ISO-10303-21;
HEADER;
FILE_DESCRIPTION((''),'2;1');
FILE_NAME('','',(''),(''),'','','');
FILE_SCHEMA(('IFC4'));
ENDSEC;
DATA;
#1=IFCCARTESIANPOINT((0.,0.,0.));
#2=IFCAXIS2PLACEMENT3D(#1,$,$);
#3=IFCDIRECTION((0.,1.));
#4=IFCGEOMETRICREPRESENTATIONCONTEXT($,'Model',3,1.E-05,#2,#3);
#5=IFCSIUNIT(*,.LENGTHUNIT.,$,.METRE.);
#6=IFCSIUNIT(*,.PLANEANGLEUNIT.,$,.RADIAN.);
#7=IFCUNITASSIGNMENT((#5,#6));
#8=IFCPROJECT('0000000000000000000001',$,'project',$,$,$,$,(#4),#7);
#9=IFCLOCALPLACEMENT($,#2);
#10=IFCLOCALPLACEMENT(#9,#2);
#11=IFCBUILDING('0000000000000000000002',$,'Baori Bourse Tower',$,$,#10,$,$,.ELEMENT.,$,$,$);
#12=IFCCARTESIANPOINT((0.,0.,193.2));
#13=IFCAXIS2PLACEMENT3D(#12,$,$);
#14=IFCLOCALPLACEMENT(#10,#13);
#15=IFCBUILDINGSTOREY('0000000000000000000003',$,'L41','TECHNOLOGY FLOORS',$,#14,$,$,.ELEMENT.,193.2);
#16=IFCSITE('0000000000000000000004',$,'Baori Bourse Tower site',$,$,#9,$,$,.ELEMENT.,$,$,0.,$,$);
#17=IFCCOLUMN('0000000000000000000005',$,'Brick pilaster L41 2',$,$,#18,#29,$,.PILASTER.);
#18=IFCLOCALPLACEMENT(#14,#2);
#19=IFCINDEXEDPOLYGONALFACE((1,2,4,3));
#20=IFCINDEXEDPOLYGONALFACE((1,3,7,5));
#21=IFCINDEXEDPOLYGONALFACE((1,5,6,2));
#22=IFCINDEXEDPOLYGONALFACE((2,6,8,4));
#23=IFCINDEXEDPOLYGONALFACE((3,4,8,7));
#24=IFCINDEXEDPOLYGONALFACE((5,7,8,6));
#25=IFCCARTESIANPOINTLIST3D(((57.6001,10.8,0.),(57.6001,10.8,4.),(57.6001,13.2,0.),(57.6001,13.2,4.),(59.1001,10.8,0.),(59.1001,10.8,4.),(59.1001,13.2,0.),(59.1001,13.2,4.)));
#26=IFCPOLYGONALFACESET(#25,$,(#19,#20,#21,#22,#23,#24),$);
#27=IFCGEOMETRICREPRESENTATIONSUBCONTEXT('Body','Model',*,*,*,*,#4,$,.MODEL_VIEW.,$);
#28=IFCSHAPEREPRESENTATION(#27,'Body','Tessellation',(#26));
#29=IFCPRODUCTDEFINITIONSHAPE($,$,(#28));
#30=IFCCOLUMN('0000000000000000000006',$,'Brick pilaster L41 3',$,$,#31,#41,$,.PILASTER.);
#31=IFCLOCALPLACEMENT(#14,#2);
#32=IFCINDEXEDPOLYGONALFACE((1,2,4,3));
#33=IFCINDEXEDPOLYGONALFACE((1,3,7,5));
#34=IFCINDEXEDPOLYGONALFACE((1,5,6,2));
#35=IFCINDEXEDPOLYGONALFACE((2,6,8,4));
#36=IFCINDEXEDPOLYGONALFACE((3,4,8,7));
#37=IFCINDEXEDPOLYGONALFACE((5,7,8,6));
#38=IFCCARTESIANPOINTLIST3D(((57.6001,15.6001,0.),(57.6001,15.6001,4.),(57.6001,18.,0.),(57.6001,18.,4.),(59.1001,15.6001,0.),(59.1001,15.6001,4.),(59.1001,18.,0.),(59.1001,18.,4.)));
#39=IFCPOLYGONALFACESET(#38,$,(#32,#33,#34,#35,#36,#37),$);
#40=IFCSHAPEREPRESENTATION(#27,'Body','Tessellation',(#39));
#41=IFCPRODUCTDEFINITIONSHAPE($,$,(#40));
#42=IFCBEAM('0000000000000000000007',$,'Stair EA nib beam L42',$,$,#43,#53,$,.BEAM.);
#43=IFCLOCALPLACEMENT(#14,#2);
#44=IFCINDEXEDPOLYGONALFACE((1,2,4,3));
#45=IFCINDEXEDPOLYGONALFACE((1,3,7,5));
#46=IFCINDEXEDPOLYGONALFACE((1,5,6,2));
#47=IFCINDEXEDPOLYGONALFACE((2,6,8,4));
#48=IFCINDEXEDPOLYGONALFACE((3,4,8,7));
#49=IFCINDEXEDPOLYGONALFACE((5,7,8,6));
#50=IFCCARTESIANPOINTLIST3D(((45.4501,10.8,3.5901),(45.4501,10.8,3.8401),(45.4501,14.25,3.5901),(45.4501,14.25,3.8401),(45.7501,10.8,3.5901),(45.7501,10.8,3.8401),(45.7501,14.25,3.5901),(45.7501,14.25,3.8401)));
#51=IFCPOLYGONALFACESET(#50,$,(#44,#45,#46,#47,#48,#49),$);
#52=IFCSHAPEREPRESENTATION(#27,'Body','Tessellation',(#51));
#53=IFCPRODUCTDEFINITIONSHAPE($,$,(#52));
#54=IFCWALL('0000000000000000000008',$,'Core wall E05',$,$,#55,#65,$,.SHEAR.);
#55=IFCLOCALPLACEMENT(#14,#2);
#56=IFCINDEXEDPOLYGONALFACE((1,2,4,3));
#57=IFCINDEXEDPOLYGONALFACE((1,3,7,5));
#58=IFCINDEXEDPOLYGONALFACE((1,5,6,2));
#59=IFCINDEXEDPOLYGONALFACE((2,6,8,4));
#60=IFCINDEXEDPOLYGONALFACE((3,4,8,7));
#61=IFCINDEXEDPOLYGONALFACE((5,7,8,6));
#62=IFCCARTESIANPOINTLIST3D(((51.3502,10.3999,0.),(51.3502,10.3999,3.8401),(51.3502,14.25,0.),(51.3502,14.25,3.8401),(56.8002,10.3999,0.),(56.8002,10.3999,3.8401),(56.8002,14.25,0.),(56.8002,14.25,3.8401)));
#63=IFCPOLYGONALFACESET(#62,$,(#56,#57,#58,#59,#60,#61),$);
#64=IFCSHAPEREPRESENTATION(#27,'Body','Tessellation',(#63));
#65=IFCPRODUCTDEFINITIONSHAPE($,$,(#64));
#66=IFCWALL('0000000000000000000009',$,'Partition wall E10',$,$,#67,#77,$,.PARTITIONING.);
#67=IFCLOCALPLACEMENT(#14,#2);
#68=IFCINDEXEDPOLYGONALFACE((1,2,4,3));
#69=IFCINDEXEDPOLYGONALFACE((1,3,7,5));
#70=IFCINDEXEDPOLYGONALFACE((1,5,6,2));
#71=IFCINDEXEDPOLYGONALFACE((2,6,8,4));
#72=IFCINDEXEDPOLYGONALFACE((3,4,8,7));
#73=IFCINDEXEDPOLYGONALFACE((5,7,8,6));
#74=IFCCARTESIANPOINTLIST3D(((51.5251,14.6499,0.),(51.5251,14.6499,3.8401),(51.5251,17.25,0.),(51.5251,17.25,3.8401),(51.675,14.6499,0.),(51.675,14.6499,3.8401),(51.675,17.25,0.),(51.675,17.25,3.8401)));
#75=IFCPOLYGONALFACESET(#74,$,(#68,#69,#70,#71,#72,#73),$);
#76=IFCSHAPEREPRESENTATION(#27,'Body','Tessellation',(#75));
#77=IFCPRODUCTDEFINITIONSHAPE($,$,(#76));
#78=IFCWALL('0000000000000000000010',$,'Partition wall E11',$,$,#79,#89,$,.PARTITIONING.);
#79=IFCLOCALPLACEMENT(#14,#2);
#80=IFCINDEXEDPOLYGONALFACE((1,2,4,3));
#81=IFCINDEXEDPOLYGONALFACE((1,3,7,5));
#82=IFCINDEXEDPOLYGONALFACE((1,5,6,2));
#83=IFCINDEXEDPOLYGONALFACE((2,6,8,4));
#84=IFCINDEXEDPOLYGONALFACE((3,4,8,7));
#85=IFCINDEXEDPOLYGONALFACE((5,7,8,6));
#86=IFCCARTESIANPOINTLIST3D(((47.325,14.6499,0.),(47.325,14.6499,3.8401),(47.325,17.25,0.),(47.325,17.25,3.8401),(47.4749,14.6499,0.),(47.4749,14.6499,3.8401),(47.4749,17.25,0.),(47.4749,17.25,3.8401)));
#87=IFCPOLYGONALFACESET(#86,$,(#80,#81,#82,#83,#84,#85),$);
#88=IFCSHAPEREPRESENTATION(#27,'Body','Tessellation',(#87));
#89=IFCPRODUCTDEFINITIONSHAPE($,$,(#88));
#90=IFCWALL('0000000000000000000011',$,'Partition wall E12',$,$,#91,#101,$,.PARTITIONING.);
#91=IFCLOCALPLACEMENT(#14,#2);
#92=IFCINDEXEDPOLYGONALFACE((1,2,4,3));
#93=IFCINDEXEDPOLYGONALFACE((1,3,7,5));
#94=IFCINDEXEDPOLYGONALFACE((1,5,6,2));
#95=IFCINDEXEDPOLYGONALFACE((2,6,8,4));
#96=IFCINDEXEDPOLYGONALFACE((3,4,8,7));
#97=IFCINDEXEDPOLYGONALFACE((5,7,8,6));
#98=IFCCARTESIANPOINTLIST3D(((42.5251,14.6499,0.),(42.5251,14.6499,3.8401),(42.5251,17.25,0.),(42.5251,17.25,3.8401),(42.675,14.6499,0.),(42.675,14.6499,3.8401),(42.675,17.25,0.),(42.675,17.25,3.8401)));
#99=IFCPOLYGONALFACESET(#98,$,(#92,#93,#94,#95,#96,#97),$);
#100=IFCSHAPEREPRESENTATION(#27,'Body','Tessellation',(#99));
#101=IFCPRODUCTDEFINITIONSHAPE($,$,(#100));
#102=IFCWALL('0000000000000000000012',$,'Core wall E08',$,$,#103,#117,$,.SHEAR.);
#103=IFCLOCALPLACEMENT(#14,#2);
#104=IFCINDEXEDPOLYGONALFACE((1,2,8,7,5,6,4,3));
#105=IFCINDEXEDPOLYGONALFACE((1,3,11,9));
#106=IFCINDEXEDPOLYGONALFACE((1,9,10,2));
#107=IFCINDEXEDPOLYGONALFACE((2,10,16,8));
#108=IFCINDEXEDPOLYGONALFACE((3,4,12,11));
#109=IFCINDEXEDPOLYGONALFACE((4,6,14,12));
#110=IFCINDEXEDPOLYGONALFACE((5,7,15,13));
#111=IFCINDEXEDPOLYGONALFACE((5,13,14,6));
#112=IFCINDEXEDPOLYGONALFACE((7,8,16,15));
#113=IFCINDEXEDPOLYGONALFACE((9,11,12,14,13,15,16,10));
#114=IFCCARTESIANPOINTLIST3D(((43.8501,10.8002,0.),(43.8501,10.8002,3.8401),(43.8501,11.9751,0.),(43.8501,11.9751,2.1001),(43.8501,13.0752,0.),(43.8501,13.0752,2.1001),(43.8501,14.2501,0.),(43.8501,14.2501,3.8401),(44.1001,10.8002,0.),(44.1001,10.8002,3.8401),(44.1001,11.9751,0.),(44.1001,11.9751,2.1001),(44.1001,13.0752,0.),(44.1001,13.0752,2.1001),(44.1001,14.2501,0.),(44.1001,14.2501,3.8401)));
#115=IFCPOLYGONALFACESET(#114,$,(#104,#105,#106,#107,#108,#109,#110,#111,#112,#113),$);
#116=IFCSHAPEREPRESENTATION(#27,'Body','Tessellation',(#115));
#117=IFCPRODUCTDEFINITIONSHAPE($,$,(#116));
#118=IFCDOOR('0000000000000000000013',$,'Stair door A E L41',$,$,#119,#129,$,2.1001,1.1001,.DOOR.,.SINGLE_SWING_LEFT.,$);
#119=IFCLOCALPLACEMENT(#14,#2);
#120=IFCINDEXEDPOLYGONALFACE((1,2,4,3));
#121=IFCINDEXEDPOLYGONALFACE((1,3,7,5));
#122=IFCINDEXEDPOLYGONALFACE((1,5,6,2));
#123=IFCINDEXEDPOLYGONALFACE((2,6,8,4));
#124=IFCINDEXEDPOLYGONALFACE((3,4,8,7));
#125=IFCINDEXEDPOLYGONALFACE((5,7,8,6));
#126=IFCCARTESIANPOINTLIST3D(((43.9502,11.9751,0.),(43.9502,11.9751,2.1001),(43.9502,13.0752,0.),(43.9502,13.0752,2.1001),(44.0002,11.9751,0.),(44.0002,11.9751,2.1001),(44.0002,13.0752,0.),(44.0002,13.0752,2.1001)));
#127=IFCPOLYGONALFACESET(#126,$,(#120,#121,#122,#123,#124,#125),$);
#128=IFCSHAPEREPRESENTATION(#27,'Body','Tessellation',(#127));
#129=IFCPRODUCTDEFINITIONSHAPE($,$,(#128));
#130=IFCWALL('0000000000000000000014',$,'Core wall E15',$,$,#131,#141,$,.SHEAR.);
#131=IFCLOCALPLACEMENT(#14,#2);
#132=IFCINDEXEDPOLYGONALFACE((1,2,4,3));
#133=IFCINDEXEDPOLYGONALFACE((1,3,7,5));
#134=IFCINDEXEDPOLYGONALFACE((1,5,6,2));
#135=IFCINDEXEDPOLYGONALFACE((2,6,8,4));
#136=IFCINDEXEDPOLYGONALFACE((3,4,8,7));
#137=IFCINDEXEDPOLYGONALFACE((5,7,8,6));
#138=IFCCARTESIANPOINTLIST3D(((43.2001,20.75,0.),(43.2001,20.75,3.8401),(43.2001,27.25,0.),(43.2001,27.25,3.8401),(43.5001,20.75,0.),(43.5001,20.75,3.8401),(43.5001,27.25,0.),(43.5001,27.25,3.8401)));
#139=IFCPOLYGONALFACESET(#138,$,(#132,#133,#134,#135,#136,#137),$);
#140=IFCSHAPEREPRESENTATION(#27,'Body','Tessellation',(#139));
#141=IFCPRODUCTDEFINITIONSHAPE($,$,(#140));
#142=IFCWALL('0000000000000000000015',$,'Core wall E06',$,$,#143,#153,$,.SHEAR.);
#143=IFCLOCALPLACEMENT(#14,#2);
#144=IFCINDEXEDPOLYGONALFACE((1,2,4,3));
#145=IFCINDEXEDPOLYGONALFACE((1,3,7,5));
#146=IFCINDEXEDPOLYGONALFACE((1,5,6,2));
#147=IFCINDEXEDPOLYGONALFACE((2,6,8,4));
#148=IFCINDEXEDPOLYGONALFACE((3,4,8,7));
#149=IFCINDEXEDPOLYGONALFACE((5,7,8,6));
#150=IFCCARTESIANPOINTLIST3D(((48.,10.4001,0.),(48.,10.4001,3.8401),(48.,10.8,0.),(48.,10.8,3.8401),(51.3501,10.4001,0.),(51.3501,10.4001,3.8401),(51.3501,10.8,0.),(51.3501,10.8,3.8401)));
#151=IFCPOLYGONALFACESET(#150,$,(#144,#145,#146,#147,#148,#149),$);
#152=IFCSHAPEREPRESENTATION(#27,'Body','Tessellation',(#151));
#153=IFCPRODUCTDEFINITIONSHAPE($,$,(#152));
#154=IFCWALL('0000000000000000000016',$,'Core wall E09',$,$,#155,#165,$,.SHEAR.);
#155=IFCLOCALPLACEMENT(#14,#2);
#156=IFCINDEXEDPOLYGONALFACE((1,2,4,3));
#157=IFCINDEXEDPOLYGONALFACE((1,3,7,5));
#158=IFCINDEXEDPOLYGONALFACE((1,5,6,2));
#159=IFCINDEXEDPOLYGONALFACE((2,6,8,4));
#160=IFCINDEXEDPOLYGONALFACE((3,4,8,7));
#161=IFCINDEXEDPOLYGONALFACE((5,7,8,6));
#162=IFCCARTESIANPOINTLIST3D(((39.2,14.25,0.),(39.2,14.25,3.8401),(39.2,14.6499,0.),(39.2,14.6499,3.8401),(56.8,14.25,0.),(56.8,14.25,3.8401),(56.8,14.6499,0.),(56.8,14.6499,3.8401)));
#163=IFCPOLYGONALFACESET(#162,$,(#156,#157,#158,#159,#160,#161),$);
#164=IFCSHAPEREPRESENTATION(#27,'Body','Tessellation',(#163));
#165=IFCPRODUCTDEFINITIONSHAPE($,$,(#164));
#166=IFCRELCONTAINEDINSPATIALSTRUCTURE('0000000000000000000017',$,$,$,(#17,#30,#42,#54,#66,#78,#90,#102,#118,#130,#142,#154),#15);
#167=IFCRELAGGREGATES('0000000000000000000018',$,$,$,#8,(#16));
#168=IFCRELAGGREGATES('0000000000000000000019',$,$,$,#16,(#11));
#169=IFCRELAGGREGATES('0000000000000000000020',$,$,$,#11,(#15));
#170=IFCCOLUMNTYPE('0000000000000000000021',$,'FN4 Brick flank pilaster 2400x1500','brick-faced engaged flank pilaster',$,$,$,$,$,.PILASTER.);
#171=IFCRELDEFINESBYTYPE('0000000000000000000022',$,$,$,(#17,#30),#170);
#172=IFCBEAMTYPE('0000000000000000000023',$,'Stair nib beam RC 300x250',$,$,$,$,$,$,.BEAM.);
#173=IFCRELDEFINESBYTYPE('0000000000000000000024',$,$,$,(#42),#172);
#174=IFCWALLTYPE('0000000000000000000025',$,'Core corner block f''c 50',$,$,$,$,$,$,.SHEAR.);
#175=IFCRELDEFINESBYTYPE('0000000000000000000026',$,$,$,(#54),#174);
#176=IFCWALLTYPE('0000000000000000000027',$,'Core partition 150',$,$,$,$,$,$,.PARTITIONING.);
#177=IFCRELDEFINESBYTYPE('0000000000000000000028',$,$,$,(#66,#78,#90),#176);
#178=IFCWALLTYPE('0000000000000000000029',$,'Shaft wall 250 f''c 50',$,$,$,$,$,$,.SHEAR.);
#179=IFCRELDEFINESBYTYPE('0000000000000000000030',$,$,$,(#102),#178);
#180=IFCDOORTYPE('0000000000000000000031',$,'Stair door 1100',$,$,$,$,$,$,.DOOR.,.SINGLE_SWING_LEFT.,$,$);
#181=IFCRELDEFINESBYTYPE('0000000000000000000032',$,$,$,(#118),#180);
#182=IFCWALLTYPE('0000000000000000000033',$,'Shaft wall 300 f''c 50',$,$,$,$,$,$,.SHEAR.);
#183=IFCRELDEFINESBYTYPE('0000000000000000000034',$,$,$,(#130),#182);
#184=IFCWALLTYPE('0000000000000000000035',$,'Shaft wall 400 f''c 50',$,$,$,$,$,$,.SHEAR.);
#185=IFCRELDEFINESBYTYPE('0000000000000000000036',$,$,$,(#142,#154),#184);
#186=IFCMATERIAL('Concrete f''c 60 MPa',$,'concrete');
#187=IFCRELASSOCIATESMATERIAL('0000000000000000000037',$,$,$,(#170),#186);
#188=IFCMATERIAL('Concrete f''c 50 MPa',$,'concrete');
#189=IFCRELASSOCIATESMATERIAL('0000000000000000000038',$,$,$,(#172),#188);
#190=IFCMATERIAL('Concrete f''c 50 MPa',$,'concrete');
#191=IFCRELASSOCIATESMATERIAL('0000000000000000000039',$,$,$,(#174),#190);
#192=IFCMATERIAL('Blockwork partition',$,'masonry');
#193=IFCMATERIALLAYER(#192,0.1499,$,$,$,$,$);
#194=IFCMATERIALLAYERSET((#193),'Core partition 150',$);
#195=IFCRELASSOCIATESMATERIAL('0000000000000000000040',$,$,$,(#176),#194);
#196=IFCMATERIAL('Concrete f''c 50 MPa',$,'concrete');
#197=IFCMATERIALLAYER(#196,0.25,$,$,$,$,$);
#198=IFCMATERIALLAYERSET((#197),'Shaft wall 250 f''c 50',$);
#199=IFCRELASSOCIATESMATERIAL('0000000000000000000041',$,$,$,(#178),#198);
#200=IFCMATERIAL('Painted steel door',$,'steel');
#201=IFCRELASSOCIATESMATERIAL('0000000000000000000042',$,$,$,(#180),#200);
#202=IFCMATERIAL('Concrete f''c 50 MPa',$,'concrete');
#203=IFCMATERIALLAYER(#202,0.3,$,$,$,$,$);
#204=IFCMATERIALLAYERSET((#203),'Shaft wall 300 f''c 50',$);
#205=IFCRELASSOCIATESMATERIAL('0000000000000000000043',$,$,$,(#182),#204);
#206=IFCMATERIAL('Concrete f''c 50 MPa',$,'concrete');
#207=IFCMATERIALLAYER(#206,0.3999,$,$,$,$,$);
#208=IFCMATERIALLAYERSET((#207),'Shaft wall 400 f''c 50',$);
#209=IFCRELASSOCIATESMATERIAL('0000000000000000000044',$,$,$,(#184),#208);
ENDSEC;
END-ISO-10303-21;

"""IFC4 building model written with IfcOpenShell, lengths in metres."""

from ifc_helpers import new_model, si_unit, direction, frame, frame_2d, origin, origin_2d, place, context, subcontext, project, spatial, rectangle, extrude, material, layer, layer_set, material_profile, profile_set, type_object, element, fill, save


model = new_model("IFC4")

# Units and contexts
model_context = context("Model", 3, precision=1e-05, world=origin(), true_north=direction((0.0, 1.0)))
body_context = subcontext(model_context, "Body", "Model", "MODEL_VIEW")
ifc_project = project(units=[si_unit("LENGTHUNIT", "METRE"), si_unit("PLANEANGLEUNIT", "RADIAN")], contexts=[model_context])

# Site, building, storey
site_placement = place(None, origin())
site = spatial("IfcSite", under=ifc_project, at=site_placement, Name="Baori Bourse Tower site", CompositionType="ELEMENT", RefElevation=0.0)
building_placement = place(site_placement, origin())
building = spatial("IfcBuilding", under=site, at=building_placement, Name="Baori Bourse Tower", CompositionType="ELEMENT")
storey_placement = place(building_placement, frame((0.0, 0.0, 193.2)))
storey = spatial("IfcBuildingStorey", under=building, at=storey_placement, Name="L41", Description="TECHNOLOGY FLOORS", CompositionType="ELEMENT", Elevation=193.2)

# Columns
ifc_material_1 = material(Name="Concrete f'c 60 MPa", Category="concrete")
ifc_material_profile_1 = material_profile(ifc_material_1, rectangle(XDim=2.3999, YDim=1.5, at=origin_2d()), Name="RC 2400x1500")
ifc_profile_set_1 = profile_set([ifc_material_profile_1], Name="Concrete f'c 60 MPa")
column_type = type_object("IfcColumnType", Name="FN4 Brick flank pilaster 2400x1500", Description="brick-faced engaged flank pilaster", PredefinedType="PILASTER", material=ifc_profile_set_1)
for number, where, z_axis, x_axis, name in (
    (1, (58.3501, 12.0, 0.0), (0.0, 0.0, 1.0), (0.0, 1.0, 0.0), "Brick pilaster L41 2"),
    (2, (58.3501, 16.8, 0.0), (0.0, 0.0, 1.0), (0.0, 1.0, 0.0), "Brick pilaster L41 3"),
):
    element("IfcColumn", number, at=place(storey_placement, frame(where, z_axis=z_axis, x_axis=x_axis)), inside=storey, type_object=column_type, Name=name, PredefinedType="PILASTER", context=body_context, shape_type="SweptSolid", body=[
        extrude(rectangle(XDim=2.3999, YDim=1.5, at=origin_2d()), origin(), (0.0, 0.0, 1.0), 4.0),
    ])

# Beam
ifc_material_2 = material(Name="Concrete f'c 50 MPa", Category="concrete")
ifc_material_profile_2 = material_profile(ifc_material_2, rectangle(XDim=0.3, YDim=0.25, at=origin_2d()), Name="RC 300x250")
ifc_profile_set_2 = profile_set([ifc_material_profile_2], Name="Concrete f'c 50 MPa")
beam_type = type_object("IfcBeamType", Name="Stair nib beam RC 300x250", PredefinedType="BEAM", material=ifc_profile_set_2)
beam_placement = place(storey_placement, frame((45.6001, 10.8, 3.7151), z_axis=(0.0, 1.0, 0.0), x_axis=(-1.0, 0.0, 0.0)))
element("IfcBeam", 3, at=beam_placement, inside=storey, type_object=beam_type, Name="Stair EA nib beam L42", PredefinedType="BEAM", context=body_context, shape_type="SweptSolid", body=[
    extrude(rectangle(XDim=0.3, YDim=0.25, at=origin_2d()), origin(), (0.0, 0.0, 1.0), 3.45),
])

# Walls
ifc_material_3 = material(Name="Concrete f'c 50 MPa", Category="concrete")
wall_type_1 = type_object("IfcWallType", Name="Core corner block f'c 50", PredefinedType="SHEAR", material=ifc_material_3)
wall_1_placement = place(storey_placement, frame((51.3501, 12.325, 0.0), z_axis=(0.0, 0.0, 1.0), x_axis=(1.0, 0.0, 0.0)))
element("IfcWall", 4, at=wall_1_placement, inside=storey, type_object=wall_type_1, Name="Core wall E05", PredefinedType="SHEAR", context=body_context, shape_type="SweptSolid", body=[
    extrude(rectangle(XDim=5.45, YDim=3.8501, at=frame_2d((2.7251, 0.0))), origin(), (0.0, 0.0, 1.0), 3.8401),
])
ifc_material_4 = material(Name="Blockwork partition", Category="masonry")
ifc_layer_1 = layer(ifc_material_4, 0.1499)
ifc_layer_set_1 = layer_set([ifc_layer_1], Name="Core partition 150")
wall_type_2 = type_object("IfcWallType", Name="Core partition 150", PredefinedType="PARTITIONING", material=ifc_layer_set_1)
for number, where, z_axis, x_axis, name in (
    (5, (51.6001, 14.6499, 0.0), (0.0, 0.0, 1.0), (0.0, 1.0, 0.0), "Partition wall E10"),
    (6, (47.3999, 14.6499, 0.0), (0.0, 0.0, 1.0), (0.0, 1.0, 0.0), "Partition wall E11"),
    (7, (42.6001, 14.6499, 0.0), (0.0, 0.0, 1.0), (0.0, 1.0, 0.0), "Partition wall E12"),
):
    element("IfcWall", number, at=place(storey_placement, frame(where, z_axis=z_axis, x_axis=x_axis)), inside=storey, type_object=wall_type_2, Name=name, PredefinedType="PARTITIONING", context=body_context, shape_type="SweptSolid", body=[
        extrude(rectangle(XDim=2.6001, YDim=0.1499, at=frame_2d((1.3, 0.0))), origin(), (0.0, 0.0, 1.0), 3.8401),
    ])

# Wall, opening, door
ifc_material_5 = material(Name="Concrete f'c 50 MPa", Category="concrete")
ifc_layer_2 = layer(ifc_material_5, 0.25)
ifc_layer_set_2 = layer_set([ifc_layer_2], Name="Shaft wall 250 f'c 50")
wall_type_3 = type_object("IfcWallType", Name="Shaft wall 250 f'c 50", PredefinedType="SHEAR", material=ifc_layer_set_2)
wall_2_placement = place(storey_placement, frame((43.9751, 10.8, 0.0), z_axis=(0.0, 0.0, 1.0), x_axis=(0.0, 1.0, 0.0)))
wall_2 = element("IfcWall", 8, at=wall_2_placement, inside=storey, type_object=wall_type_3, Name="Core wall E08", PredefinedType="SHEAR", context=body_context, shape_type="SweptSolid", body=[
    extrude(rectangle(XDim=3.45, YDim=0.25, at=frame_2d((1.7251, 0.0))), origin(), (0.0, 0.0, 1.0), 3.8401),
])
opening_1_placement = place(wall_2_placement, frame((1.175, 0.0, 0.0)))
opening_1 = element("IfcOpeningElement", 9, at=opening_1_placement, cuts=wall_2, PredefinedType="OPENING", context=body_context, shape_type="SweptSolid", body=[
    extrude(rectangle(XDim=1.1001, YDim=2.1001, at=frame_2d((0.55, 1.05))), frame((0.0, 0.135, 0.0), z_axis=(0.0, -1.0, 0.0), x_axis=(1.0, 0.0, 0.0)), (0.0, 0.0, 1.0), 0.27),
])
ifc_material_6 = material(Name="Painted steel door", Category="steel")
door_type_1 = type_object("IfcDoorType", Name="Stair door 1100", OperationType="SINGLE_SWING_LEFT", PredefinedType="DOOR", material=ifc_material_6)
door_1_placement = place(opening_1_placement, origin())
door_1 = element("IfcDoor", 10, at=door_1_placement, inside=storey, type_object=door_type_1, Name="Stair door A E L41", OperationType="SINGLE_SWING_LEFT", OverallHeight=2.1001, OverallWidth=1.1001, PredefinedType="DOOR", context=body_context, shape_type="SweptSolid", body=[
    extrude(rectangle(XDim=1.1001, YDim=2.1001, at=frame_2d((0.55, 1.05))), frame((0.0, 0.0249, 0.0), z_axis=(0.0, -1.0, 0.0), x_axis=(1.0, 0.0, 0.0)), (0.0, 0.0, 1.0), 0.05),
])
fill(opening_1, door_1)

# Walls
ifc_material_7 = material(Name="Concrete f'c 50 MPa", Category="concrete")
ifc_layer_3 = layer(ifc_material_7, 0.3)
ifc_layer_set_3 = layer_set([ifc_layer_3], Name="Shaft wall 300 f'c 50")
wall_type_4 = type_object("IfcWallType", Name="Shaft wall 300 f'c 50", PredefinedType="SHEAR", material=ifc_layer_set_3)
wall_3_placement = place(storey_placement, frame((43.3501, 20.75, 0.0), z_axis=(0.0, 0.0, 1.0), x_axis=(0.0, 1.0, 0.0)))
element("IfcWall", 11, at=wall_3_placement, inside=storey, type_object=wall_type_4, Name="Core wall E15", PredefinedType="SHEAR", context=body_context, shape_type="SweptSolid", body=[
    extrude(rectangle(XDim=6.5, YDim=0.3, at=frame_2d((3.25, 0.0))), origin(), (0.0, 0.0, 1.0), 3.8401),
])
ifc_material_8 = material(Name="Concrete f'c 50 MPa", Category="concrete")
ifc_layer_4 = layer(ifc_material_8, 0.3999)
ifc_layer_set_4 = layer_set([ifc_layer_4], Name="Shaft wall 400 f'c 50")
wall_type_5 = type_object("IfcWallType", Name="Shaft wall 400 f'c 50", PredefinedType="SHEAR", material=ifc_layer_set_4)
wall_4_placement = place(storey_placement, frame((48.0, 10.6001, 0.0), z_axis=(0.0, 0.0, 1.0), x_axis=(1.0, 0.0, 0.0)))
element("IfcWall", 12, at=wall_4_placement, inside=storey, type_object=wall_type_5, Name="Core wall E06", PredefinedType="SHEAR", context=body_context, shape_type="SweptSolid", body=[
    extrude(rectangle(XDim=3.3501, YDim=0.3999, at=frame_2d((1.675, 0.0))), origin(), (0.0, 0.0, 1.0), 3.8401),
])
wall_5_placement = place(storey_placement, frame((39.2, 14.45, 0.0), z_axis=(0.0, 0.0, 1.0), x_axis=(1.0, 0.0, 0.0)))
element("IfcWall", 13, at=wall_5_placement, inside=storey, type_object=wall_type_5, Name="Core wall E09", PredefinedType="SHEAR", context=body_context, shape_type="SweptSolid", body=[
    extrude(rectangle(XDim=17.6001, YDim=0.3999, at=frame_2d((8.8, 0.0))), origin(), (0.0, 0.0, 1.0), 3.8401),
])

save(model, "model.ifc")
